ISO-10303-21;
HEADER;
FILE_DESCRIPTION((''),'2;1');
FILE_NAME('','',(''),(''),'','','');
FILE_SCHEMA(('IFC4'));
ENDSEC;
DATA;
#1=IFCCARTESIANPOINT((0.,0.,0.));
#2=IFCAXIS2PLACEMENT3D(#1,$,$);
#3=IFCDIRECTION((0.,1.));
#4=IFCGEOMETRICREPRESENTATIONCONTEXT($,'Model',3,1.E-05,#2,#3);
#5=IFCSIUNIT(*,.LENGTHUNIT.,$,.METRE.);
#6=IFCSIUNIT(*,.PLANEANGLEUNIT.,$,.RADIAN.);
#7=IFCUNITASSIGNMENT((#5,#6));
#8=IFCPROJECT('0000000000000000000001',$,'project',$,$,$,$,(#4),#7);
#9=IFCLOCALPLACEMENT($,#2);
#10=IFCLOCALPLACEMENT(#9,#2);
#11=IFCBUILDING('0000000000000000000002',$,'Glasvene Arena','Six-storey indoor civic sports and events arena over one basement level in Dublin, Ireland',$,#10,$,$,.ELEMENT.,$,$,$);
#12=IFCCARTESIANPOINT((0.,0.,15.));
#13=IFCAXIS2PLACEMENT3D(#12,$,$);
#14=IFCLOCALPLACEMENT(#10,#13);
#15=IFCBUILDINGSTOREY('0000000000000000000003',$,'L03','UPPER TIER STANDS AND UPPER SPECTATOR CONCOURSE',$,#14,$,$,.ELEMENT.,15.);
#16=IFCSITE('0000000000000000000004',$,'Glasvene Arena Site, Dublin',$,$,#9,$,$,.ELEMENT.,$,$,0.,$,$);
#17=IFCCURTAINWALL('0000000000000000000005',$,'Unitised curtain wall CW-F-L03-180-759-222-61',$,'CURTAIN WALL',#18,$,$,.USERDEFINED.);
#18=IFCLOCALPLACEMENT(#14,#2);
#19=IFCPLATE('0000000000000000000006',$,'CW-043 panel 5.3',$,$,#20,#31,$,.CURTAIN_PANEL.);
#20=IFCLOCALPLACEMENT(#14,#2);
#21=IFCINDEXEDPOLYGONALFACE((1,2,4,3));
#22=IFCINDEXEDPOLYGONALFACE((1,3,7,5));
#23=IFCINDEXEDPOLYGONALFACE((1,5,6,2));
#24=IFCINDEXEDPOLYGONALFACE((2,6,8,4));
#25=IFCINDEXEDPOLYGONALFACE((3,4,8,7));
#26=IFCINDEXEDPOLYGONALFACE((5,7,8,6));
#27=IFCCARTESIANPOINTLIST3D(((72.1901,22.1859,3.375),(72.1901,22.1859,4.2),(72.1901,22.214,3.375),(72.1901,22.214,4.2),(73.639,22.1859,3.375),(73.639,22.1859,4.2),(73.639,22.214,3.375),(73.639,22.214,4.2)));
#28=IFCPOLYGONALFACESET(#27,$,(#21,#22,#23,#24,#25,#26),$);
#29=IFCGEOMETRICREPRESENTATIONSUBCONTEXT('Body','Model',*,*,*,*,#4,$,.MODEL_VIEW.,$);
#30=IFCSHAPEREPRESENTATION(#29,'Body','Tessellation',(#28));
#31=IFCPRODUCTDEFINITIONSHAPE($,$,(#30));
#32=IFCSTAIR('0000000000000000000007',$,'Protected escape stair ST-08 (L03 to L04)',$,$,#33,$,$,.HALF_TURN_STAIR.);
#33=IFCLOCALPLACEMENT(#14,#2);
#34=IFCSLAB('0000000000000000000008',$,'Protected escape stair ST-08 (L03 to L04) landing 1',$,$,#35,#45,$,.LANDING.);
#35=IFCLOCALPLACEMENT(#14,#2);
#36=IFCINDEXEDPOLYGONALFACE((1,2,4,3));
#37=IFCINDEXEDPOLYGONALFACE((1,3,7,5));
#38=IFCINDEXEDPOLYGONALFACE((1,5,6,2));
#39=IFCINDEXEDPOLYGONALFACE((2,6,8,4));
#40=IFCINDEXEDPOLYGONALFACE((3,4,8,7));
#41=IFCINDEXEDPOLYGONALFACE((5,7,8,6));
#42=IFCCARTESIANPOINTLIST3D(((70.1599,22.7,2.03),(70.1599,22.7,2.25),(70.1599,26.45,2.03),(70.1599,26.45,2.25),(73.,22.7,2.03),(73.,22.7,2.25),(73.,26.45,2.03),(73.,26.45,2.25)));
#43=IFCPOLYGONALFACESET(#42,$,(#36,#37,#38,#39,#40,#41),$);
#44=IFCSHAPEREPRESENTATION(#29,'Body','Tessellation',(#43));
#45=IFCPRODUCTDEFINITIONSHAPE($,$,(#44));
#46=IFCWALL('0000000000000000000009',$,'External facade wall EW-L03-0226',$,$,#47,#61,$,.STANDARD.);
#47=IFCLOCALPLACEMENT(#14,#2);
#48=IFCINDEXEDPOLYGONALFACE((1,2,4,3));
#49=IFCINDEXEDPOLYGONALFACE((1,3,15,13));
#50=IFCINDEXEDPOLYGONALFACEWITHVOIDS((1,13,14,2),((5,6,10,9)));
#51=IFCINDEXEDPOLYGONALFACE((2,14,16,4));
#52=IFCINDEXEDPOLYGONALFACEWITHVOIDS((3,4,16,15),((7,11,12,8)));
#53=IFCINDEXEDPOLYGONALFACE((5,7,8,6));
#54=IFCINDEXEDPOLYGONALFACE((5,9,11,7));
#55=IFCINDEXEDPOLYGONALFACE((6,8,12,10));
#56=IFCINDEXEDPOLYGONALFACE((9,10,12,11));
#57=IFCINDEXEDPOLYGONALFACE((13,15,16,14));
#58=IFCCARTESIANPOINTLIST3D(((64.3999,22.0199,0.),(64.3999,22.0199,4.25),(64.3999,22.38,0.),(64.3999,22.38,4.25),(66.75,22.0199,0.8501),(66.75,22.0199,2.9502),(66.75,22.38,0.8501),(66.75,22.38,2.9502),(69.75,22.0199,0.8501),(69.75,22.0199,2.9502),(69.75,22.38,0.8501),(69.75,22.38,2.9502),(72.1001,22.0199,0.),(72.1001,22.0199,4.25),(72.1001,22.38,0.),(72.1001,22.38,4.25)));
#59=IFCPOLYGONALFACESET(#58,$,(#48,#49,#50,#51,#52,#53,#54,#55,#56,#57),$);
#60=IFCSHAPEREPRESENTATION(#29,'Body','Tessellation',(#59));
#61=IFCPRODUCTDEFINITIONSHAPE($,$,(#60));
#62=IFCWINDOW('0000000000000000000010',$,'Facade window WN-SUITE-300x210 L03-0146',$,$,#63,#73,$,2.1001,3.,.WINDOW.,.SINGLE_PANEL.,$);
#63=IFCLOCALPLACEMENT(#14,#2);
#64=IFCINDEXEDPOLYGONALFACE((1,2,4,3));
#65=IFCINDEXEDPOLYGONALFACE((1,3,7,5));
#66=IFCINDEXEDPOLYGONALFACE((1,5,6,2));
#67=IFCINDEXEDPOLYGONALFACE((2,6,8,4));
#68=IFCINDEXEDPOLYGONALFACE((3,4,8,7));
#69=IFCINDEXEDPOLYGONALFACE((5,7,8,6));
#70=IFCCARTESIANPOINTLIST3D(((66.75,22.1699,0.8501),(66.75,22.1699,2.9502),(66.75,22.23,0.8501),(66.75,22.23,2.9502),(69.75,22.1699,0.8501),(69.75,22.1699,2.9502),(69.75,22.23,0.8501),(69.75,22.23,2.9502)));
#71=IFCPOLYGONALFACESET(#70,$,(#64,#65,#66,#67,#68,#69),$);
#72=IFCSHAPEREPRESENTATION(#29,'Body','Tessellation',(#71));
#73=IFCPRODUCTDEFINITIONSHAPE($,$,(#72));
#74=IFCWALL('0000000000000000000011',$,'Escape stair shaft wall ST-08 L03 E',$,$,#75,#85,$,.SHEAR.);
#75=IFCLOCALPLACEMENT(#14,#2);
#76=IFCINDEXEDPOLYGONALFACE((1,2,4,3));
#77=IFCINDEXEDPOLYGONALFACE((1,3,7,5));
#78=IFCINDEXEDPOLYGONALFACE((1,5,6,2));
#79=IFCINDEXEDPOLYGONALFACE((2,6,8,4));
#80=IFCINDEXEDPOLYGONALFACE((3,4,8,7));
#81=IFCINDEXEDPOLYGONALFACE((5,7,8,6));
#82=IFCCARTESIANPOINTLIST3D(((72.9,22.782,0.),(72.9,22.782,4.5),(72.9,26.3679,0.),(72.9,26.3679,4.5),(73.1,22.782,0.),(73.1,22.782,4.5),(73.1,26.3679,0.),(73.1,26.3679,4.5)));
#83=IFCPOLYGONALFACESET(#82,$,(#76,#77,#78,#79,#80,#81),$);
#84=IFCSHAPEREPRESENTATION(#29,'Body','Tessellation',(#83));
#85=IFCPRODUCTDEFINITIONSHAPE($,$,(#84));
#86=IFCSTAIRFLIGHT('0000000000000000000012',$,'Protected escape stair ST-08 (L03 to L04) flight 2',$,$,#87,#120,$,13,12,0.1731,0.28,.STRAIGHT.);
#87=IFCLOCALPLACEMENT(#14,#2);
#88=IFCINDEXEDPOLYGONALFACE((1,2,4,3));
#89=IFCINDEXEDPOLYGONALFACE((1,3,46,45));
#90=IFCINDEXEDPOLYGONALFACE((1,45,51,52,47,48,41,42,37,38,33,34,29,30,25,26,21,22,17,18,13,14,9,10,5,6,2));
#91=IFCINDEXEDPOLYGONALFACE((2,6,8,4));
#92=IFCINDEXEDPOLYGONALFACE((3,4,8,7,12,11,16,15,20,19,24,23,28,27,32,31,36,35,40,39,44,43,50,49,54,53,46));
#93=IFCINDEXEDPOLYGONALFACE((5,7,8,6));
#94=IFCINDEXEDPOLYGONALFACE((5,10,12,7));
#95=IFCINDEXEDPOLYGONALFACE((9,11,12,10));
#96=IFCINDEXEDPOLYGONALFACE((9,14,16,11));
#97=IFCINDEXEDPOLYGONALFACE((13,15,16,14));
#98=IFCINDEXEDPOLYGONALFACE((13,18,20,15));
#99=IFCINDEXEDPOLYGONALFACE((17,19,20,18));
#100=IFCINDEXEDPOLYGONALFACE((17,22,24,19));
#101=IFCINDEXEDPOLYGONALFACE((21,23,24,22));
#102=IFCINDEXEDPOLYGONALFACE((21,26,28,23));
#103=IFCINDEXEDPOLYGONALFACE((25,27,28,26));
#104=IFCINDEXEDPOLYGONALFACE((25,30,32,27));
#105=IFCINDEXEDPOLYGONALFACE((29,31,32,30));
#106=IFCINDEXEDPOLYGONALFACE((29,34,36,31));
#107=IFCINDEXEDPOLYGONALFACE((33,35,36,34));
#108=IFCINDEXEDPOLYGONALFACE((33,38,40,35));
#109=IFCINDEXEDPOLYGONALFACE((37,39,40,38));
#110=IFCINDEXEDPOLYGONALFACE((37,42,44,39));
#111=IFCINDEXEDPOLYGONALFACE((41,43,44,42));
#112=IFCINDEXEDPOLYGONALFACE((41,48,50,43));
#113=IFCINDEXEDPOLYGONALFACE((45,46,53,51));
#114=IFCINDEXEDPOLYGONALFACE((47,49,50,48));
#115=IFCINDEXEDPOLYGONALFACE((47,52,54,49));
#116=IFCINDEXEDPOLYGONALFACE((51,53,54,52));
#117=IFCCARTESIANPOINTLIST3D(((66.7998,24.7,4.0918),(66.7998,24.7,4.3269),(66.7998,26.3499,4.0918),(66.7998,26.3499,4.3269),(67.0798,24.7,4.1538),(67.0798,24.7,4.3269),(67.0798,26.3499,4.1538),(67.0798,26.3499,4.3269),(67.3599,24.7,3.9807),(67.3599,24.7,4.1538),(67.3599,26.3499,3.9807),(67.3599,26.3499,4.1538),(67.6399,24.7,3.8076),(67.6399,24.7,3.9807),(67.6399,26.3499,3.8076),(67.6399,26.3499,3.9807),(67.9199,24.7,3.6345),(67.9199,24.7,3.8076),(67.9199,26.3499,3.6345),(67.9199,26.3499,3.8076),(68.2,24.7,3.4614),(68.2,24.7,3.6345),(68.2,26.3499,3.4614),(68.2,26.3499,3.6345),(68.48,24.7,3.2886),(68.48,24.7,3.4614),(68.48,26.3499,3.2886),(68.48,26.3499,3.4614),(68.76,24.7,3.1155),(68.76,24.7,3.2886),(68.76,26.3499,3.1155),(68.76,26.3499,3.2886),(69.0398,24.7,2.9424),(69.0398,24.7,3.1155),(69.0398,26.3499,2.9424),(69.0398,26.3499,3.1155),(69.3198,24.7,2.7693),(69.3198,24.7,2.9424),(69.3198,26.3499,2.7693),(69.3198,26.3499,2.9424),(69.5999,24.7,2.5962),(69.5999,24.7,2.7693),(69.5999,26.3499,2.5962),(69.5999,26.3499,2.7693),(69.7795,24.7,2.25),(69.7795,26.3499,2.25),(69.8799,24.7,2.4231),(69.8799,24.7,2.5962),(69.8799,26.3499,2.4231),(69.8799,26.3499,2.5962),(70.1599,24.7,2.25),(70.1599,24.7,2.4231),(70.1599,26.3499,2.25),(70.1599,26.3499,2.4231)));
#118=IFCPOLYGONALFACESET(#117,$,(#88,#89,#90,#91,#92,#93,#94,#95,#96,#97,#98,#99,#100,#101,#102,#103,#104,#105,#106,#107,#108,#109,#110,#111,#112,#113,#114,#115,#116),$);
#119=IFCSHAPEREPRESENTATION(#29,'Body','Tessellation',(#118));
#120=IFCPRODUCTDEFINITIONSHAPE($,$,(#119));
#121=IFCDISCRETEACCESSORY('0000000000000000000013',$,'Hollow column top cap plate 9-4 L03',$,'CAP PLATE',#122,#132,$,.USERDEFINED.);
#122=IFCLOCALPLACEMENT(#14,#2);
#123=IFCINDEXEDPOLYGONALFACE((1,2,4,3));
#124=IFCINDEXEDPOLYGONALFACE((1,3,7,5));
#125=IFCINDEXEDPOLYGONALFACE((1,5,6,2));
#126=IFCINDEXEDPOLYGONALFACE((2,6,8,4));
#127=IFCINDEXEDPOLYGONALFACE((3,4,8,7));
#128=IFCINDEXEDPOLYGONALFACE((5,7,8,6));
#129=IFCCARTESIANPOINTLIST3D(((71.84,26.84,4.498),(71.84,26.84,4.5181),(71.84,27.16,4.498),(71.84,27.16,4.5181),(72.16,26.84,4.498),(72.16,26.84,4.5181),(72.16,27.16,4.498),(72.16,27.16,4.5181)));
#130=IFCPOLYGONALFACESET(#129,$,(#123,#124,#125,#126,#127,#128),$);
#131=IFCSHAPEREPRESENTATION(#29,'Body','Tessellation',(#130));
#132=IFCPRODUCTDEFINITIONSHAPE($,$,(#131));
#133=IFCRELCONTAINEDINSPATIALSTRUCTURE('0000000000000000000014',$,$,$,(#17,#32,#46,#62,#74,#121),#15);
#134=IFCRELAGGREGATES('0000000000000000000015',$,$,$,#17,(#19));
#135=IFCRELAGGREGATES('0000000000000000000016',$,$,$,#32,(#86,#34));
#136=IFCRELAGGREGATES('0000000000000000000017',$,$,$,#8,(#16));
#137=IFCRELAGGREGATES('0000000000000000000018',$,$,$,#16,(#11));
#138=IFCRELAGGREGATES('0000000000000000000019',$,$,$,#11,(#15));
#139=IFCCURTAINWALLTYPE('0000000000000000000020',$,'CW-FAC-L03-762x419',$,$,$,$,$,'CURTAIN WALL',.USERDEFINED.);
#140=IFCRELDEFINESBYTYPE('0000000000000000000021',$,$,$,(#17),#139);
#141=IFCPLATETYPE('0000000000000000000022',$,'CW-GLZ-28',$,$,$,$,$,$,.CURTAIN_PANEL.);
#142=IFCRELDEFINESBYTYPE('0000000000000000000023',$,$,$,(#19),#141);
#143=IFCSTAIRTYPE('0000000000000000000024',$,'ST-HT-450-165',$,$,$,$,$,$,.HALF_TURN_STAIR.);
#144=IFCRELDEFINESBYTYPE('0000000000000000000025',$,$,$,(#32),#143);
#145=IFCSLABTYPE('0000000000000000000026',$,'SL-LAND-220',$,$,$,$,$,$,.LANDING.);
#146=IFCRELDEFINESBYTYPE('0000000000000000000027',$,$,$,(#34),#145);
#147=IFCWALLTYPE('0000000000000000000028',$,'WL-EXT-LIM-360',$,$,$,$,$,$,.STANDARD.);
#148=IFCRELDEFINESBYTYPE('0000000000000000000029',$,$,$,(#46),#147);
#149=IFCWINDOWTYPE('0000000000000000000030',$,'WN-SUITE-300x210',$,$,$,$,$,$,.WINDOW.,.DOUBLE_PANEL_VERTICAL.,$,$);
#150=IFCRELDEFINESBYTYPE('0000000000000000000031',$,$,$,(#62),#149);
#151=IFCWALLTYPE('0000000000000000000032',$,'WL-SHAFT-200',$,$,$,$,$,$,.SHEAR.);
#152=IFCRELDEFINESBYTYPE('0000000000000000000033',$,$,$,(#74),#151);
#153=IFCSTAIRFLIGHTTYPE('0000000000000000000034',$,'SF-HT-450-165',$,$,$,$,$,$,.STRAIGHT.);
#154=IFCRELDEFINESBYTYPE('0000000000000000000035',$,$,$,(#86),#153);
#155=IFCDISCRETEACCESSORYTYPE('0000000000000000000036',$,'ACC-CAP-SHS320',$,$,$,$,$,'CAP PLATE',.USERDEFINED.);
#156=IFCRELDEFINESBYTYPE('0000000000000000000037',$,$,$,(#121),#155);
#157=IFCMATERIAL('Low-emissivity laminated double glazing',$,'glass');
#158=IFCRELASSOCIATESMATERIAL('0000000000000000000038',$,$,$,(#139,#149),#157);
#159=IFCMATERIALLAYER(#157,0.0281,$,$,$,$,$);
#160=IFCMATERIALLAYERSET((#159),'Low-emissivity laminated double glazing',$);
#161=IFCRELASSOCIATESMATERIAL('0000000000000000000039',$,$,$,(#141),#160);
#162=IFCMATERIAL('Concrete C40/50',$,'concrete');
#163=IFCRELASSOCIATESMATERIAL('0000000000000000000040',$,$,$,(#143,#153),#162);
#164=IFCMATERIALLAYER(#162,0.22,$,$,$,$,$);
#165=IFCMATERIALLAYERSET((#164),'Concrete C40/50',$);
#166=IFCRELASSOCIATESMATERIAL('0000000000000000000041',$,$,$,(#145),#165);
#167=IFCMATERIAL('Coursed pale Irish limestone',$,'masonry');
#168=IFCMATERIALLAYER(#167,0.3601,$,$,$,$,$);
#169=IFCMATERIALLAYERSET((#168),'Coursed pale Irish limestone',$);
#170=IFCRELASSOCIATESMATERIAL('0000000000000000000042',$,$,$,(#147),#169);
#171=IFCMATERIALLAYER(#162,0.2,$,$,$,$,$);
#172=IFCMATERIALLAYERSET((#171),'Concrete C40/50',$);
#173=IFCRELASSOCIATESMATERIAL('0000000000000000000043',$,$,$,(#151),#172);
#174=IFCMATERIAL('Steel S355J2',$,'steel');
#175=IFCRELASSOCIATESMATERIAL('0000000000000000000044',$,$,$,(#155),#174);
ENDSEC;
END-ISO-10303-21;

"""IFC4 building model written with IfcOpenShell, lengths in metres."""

from ifc_helpers import new_model, si_unit, direction, frame, frame_2d, origin, origin_2d, place, context, subcontext, project, spatial, polyline, rectangle, outline, extrude, material, layer, layer_set, type_object, element, fill, aggregate, save


model = new_model("IFC4")

# Units and contexts
model_context = context("Model", 3, precision=1e-05, world=origin(), true_north=direction((0.0, 1.0)))
body_context = subcontext(model_context, "Body", "Model", "MODEL_VIEW")
ifc_project = project(units=[si_unit("LENGTHUNIT", "METRE"), si_unit("PLANEANGLEUNIT", "RADIAN")], contexts=[model_context])

# Site, building, storey
site_placement = place(None, origin())
site = spatial("IfcSite", under=ifc_project, at=site_placement, Name="Glasvene Arena Site, Dublin", CompositionType="ELEMENT", RefElevation=0.0)
building_placement = place(site_placement, origin())
building = spatial("IfcBuilding", under=site, at=building_placement, Name="Glasvene Arena", Description="Six-storey indoor civic sports and events arena over one basement level in Dublin, Ireland", CompositionType="ELEMENT")
storey_placement = place(building_placement, frame((0.0, 0.0, 15.0)))
storey = spatial("IfcBuildingStorey", under=building, at=storey_placement, Name="L03", Description="UPPER TIER STANDS AND UPPER SPECTATOR CONCOURSE", CompositionType="ELEMENT", Elevation=15.0)

# Shared definitions
ifc_material_1 = material(Name="Steel S355J2", Category="steel")

# Curtain wall, plate
ifc_material_2 = material(Name="Low-emissivity laminated double glazing", Category="glass")
curtain_wall_type = type_object("IfcCurtainWallType", Name="CW-FAC-L03-762x419", ElementType="CURTAIN WALL", PredefinedType="USERDEFINED", material=ifc_material_2)
curtain_wall_placement = place(storey_placement, frame((79.76, 22.2, 0.0)))
curtain_wall = element("IfcCurtainWall", 1, at=curtain_wall_placement, inside=storey, type_object=curtain_wall_type, Name="Unitised curtain wall CW-F-L03-180-759-222-61", ObjectType="CURTAIN WALL", PredefinedType="USERDEFINED")
ifc_layer_1 = layer(ifc_material_2, 0.0281)
ifc_layer_set_1 = layer_set([ifc_layer_1], Name="Low-emissivity laminated double glazing")
plate_type = type_object("IfcPlateType", Name="CW-GLZ-28", PredefinedType="CURTAIN_PANEL", material=ifc_layer_set_1)
plate_1_placement = place(storey_placement, frame((72.9146, 22.2, 3.375), z_axis=(0.0, 0.0, 1.0), x_axis=(-1.0, 0.0, 0.0)))
plate_1 = element("IfcPlate", 2, at=plate_1_placement, type_object=plate_type, Name="CW-043 panel 5.3", PredefinedType="CURTAIN_PANEL", context=body_context, shape_type="SweptSolid", body=[
    extrude(rectangle(XDim=1.449, YDim=0.0281, at=origin_2d()), origin(), (0.0, 0.0, 1.0), 0.825),
])
aggregate(curtain_wall, [plate_1])

# Stair, slab
ifc_material_3 = material(Name="Concrete C40/50", Category="concrete")
stair_type = type_object("IfcStairType", Name="ST-HT-450-165", PredefinedType="HALF_TURN_STAIR", material=ifc_material_3)
stair_placement = place(storey_placement, origin())
stair = element("IfcStair", 3, at=stair_placement, inside=storey, type_object=stair_type, Name="Protected escape stair ST-08 (L03 to L04)", PredefinedType="HALF_TURN_STAIR")
ifc_layer_2 = layer(ifc_material_3, 0.22)
ifc_layer_set_2 = layer_set([ifc_layer_2], Name="Concrete C40/50")
slab_type = type_object("IfcSlabType", Name="SL-LAND-220", PredefinedType="LANDING", material=ifc_layer_set_2)
slab_placement = place(storey_placement, frame((71.5801, 24.575, 2.03)))
slab = element("IfcSlab", 4, at=slab_placement, type_object=slab_type, Name="Protected escape stair ST-08 (L03 to L04) landing 1", PredefinedType="LANDING", context=body_context, shape_type="SweptSolid", body=[
    extrude(outline(polyline([(-1.4202, -1.875), (1.4199, -1.875), (1.4199, 1.875), (-1.4202, 1.875), (-1.4202, -1.875)])), origin(), (0.0, 0.0, 1.0), 0.22),
])

# Wall, opening, window
ifc_material_4 = material(Name="Coursed pale Irish limestone", Category="masonry")
ifc_layer_3 = layer(ifc_material_4, 0.3601)
ifc_layer_set_3 = layer_set([ifc_layer_3], Name="Coursed pale Irish limestone")
wall_type_1 = type_object("IfcWallType", Name="WL-EXT-LIM-360", PredefinedType="STANDARD", material=ifc_layer_set_3)
wall_1_placement = place(storey_placement, frame((72.1001, 22.2, 0.0), z_axis=(0.0, 0.0, 1.0), x_axis=(-1.0, 0.0, 0.0)))
wall_1 = element("IfcWall", 5, at=wall_1_placement, inside=storey, type_object=wall_type_1, Name="External facade wall EW-L03-0226", PredefinedType="STANDARD", context=body_context, shape_type="SweptSolid", body=[
    extrude(rectangle(XDim=7.7002, YDim=0.3601, at=frame_2d((3.8501, 0.0))), origin(), (0.0, 0.0, 1.0), 4.25),
])
opening_placement = place(wall_1_placement, frame((2.3501, 0.0, 0.8501)))
opening = element("IfcOpeningElement", 6, at=opening_placement, cuts=wall_1, PredefinedType="OPENING", context=body_context, shape_type="SweptSolid", body=[
    extrude(rectangle(XDim=3.0, YDim=2.1001, at=frame_2d((1.5, 1.05))), frame((0.0, 0.1899, 0.0), z_axis=(0.0, -1.0, 0.0), x_axis=(1.0, 0.0, 0.0)), (0.0, 0.0, 1.0), 0.3801),
])
window_type = type_object("IfcWindowType", Name="WN-SUITE-300x210", PartitioningType="DOUBLE_PANEL_VERTICAL", PredefinedType="WINDOW", material=ifc_material_2)
window_placement = place(opening_placement, origin())
window = element("IfcWindow", 7, at=window_placement, inside=storey, type_object=window_type, Name="Facade window WN-SUITE-300x210 L03-0146", OverallHeight=2.1001, OverallWidth=3.0, PartitioningType="SINGLE_PANEL", PredefinedType="WINDOW", context=body_context, shape_type="SweptSolid", body=[
    extrude(rectangle(XDim=3.0, YDim=2.1001, at=frame_2d((1.5, 1.05))), frame((0.0, 0.03, 0.0), z_axis=(0.0, -1.0, 0.0), x_axis=(1.0, 0.0, 0.0)), (0.0, 0.0, 1.0), 0.0601),
])
fill(opening, window)

# Wall
ifc_layer_4 = layer(ifc_material_3, 0.2)
ifc_layer_set_4 = layer_set([ifc_layer_4], Name="Concrete C40/50")
wall_type_2 = type_object("IfcWallType", Name="WL-SHAFT-200", PredefinedType="SHEAR", material=ifc_layer_set_4)
wall_2_placement = place(storey_placement, frame((73.0, 22.782, 0.0), z_axis=(0.0, 0.0, 1.0), x_axis=(0.0, 1.0, 0.0)))
element("IfcWall", 8, at=wall_2_placement, inside=storey, type_object=wall_type_2, Name="Escape stair shaft wall ST-08 L03 E", PredefinedType="SHEAR", context=body_context, shape_type="SweptSolid", body=[
    extrude(rectangle(XDim=3.5859, YDim=0.2, at=frame_2d((1.793, 0.0))), origin(), (0.0, 0.0, 1.0), 4.5),
])

# Stair flight
stair_flight_type = type_object("IfcStairFlightType", Name="SF-HT-450-165", PredefinedType="STRAIGHT", material=ifc_material_3)
stair_flight_placement = place(storey_placement, frame((70.1599, 25.5249, 2.25), z_axis=(0.0, 0.0, 1.0), x_axis=(-1.0, 0.0, 0.0)))
stair_flight = element("IfcStairFlight", 9, at=stair_flight_placement, type_object=stair_flight_type, Name="Protected escape stair ST-08 (L03 to L04) flight 2", NumberOfRisers=13, NumberOfTreads=12, PredefinedType="STRAIGHT", RiserHeight=0.1731, TreadLength=0.28, context=body_context, shape_type="SweptSolid", body=[
    extrude(outline(polyline([(0.0, 0.0), (0.0, 0.1731), (0.28, 0.1731), (0.28, 0.3462), (0.5601, 0.3462), (0.5601, 0.5193), (0.8401, 0.5193), (0.8401, 0.6924), (1.1201, 0.6924), (1.1201, 0.8655), (1.3999, 0.8655), (1.3999, 1.0386), (1.6799, 1.0386), (1.6799, 1.2114), (1.96, 1.2114), (1.96, 1.3845), (2.24, 1.3845), (2.24, 1.5576), (2.52, 1.5576), (2.52, 1.7307), (2.8, 1.7307), (2.8, 1.9038), (3.0801, 1.9038), (3.0801, 2.0769), (3.3601, 2.0769), (3.3601, 2.25), (3.3601, 1.8418), (0.3804, 0.0), (0.0, 0.0)])), frame((0.0, 0.825, 0.0), z_axis=(0.0, -1.0, 0.0), x_axis=(1.0, 0.0, 0.0)), (0.0, 0.0, 1.0), 1.6499),
])
aggregate(stair, [stair_flight, slab])

# Discrete accessory
discrete_accessory_type = type_object("IfcDiscreteAccessoryType", Name="ACC-CAP-SHS320", ElementType="CAP PLATE", PredefinedType="USERDEFINED", material=ifc_material_1)
discrete_accessory_placement = place(storey_placement, frame((72.0, 27.0, 4.498), z_axis=(0.0, 0.0, 1.0), x_axis=(1.0, 0.0, 0.0)))
element("IfcDiscreteAccessory", 10, at=discrete_accessory_placement, inside=storey, type_object=discrete_accessory_type, Name="Hollow column top cap plate 9-4 L03", ObjectType="CAP PLATE", PredefinedType="USERDEFINED", context=body_context, shape_type="SweptSolid", body=[
    extrude(rectangle(XDim=0.3201, YDim=0.3201, at=origin_2d()), origin(), (0.0, 0.0, 1.0), 0.02),
])

save(model, "model.ifc")
